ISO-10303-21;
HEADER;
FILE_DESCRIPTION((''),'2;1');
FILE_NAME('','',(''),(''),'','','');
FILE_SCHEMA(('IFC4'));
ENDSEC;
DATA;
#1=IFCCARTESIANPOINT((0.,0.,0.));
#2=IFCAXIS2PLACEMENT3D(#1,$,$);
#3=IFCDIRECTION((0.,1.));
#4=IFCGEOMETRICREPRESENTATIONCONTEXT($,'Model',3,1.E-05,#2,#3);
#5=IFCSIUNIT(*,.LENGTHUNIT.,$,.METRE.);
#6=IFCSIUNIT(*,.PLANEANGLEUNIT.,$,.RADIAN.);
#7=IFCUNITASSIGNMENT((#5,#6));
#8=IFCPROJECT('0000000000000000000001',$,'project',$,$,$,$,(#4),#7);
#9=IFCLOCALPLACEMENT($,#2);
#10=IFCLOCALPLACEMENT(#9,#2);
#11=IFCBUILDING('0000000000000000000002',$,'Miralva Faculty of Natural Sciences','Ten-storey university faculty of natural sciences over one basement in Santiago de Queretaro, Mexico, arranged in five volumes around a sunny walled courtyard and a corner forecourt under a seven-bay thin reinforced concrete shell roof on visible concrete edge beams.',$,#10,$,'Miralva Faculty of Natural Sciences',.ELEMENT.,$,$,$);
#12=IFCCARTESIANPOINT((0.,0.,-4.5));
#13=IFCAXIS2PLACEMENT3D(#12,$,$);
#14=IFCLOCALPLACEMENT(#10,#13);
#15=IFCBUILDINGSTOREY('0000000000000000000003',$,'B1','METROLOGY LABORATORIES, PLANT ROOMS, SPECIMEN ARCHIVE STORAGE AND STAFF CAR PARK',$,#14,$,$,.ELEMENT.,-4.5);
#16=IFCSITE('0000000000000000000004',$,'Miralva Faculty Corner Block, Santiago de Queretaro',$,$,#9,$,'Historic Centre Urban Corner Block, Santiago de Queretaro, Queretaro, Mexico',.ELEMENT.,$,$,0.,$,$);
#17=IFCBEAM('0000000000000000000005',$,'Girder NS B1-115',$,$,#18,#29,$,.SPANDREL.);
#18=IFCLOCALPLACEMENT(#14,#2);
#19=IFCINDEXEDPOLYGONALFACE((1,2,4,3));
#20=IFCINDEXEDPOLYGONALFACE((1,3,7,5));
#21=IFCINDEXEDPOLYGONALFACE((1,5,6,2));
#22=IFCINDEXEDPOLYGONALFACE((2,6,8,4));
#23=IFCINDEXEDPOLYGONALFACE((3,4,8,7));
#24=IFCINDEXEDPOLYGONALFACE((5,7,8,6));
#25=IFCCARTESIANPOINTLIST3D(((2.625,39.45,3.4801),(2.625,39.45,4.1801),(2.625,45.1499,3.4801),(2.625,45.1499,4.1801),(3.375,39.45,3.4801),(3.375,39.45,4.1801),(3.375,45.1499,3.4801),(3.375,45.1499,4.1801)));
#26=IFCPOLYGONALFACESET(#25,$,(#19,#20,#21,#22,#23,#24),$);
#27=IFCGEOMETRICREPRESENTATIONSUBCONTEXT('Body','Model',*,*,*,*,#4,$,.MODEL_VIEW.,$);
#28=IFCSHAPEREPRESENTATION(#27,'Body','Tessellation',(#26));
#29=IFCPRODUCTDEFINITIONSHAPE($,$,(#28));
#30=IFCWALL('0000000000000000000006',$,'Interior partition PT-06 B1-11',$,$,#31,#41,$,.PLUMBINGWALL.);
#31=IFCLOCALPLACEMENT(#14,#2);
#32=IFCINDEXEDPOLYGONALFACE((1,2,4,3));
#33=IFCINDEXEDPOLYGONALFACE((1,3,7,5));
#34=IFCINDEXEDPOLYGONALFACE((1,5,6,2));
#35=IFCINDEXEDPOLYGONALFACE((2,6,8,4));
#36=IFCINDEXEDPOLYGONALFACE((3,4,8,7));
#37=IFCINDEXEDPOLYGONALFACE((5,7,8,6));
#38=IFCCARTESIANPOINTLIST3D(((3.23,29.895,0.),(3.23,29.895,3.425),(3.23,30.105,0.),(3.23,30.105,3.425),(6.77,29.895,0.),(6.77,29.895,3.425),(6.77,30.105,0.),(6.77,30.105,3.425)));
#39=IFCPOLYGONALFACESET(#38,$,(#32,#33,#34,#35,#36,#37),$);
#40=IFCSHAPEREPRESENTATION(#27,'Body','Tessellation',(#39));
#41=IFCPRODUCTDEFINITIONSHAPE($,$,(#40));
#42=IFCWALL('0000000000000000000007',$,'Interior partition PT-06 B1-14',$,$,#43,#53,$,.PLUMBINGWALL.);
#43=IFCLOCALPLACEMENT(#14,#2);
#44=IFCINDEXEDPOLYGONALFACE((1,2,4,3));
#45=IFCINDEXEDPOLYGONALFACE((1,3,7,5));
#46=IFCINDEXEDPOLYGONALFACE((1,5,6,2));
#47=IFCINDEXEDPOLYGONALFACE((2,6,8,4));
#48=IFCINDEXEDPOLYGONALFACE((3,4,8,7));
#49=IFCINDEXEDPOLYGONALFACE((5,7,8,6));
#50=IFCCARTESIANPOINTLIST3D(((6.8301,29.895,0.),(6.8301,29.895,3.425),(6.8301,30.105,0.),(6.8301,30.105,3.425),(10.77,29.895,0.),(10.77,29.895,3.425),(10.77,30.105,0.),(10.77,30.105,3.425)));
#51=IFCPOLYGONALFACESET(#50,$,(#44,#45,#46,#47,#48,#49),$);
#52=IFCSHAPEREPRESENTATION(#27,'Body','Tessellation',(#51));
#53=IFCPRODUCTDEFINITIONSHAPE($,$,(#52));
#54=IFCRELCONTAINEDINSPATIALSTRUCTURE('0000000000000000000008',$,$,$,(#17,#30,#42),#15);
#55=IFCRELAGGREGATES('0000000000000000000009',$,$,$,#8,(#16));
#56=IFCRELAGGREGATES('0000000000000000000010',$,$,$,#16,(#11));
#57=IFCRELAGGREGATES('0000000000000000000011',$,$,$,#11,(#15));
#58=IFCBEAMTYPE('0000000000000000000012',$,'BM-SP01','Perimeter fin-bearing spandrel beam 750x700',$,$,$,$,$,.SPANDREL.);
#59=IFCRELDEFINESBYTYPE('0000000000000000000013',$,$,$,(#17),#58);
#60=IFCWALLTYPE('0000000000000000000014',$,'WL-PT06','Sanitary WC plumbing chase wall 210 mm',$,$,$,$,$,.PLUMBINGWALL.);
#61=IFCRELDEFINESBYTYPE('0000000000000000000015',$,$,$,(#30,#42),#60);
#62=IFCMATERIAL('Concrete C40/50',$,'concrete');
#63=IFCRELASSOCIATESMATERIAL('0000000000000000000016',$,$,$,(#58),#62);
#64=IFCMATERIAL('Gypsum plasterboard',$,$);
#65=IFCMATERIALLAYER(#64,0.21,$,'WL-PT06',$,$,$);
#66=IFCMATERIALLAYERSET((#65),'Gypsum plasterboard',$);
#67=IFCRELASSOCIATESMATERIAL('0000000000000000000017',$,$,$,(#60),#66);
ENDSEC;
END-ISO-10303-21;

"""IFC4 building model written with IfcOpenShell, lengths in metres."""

from ifc_helpers import new_model, si_unit, direction, frame, frame_2d, origin, origin_2d, place, context, subcontext, project, spatial, rectangle, extrude, material, layer, layer_set, material_profile, profile_set, type_object, element, save


model = new_model("IFC4")

# Units and contexts
model_context = context("Model", 3, precision=1e-05, world=origin(), true_north=direction((0.0, 1.0)))
body_context = subcontext(model_context, "Body", "Model", "MODEL_VIEW")
ifc_project = project(units=[si_unit("LENGTHUNIT", "METRE"), si_unit("PLANEANGLEUNIT", "RADIAN")], contexts=[model_context])

# Site, building, storey
site_placement = place(None, origin())
site = spatial("IfcSite", under=ifc_project, at=site_placement, Name="Miralva Faculty Corner Block, Santiago de Queretaro", LongName="Historic Centre Urban Corner Block, Santiago de Queretaro, Queretaro, Mexico", CompositionType="ELEMENT", RefElevation=0.0)
building_placement = place(site_placement, origin())
building = spatial("IfcBuilding", under=site, at=building_placement, Name="Miralva Faculty of Natural Sciences", Description="Ten-storey university faculty of natural sciences over one basement in Santiago de Queretaro, Mexico, arranged in five volumes around a sunny walled courtyard and a corner forecourt under a seven-bay thin reinforced concrete shell roof on visible concrete edge beams.", LongName="Miralva Faculty of Natural Sciences", CompositionType="ELEMENT")
storey_placement = place(building_placement, frame((0.0, 0.0, -4.5)))
storey = spatial("IfcBuildingStorey", under=building, at=storey_placement, Name="B1", Description="METROLOGY LABORATORIES, PLANT ROOMS, SPECIMEN ARCHIVE STORAGE AND STAFF CAR PARK", CompositionType="ELEMENT", Elevation=-4.5)

# Beam
ifc_material_1 = material(Name="Concrete C40/50", Category="concrete")
ifc_material_profile_1 = material_profile(ifc_material_1, rectangle(XDim=0.75, YDim=0.7, at=origin_2d()), Name="RC 750x700")
ifc_profile_set_1 = profile_set([ifc_material_profile_1], Name="Concrete C40/50")
beam_type_1 = type_object("IfcBeamType", Name="BM-SP01", Description="Perimeter fin-bearing spandrel beam 750x700", PredefinedType="SPANDREL", material=ifc_profile_set_1)
beam_1_placement = place(storey_placement, frame((3.0, 39.45, 3.8301), z_axis=(0.0, 1.0, 0.0), x_axis=(-1.0, 0.0, 0.0)))
element("IfcBeam", 1, at=beam_1_placement, inside=storey, type_object=beam_type_1, Name="Girder NS B1-115", PredefinedType="SPANDREL", context=body_context, shape_type="SweptSolid", body=[
    extrude(rectangle(XDim=0.75, YDim=0.7, at=origin_2d()), origin(), (0.0, 0.0, 1.0), 5.7),
])

# Walls
ifc_material_2 = material(Name="Gypsum plasterboard")
ifc_layer_1 = layer(ifc_material_2, 0.21, Name="WL-PT06")
ifc_layer_set_1 = layer_set([ifc_layer_1], Name="Gypsum plasterboard")
wall_type = type_object("IfcWallType", Name="WL-PT06", Description="Sanitary WC plumbing chase wall 210 mm", PredefinedType="PLUMBINGWALL", material=ifc_layer_set_1)
wall_1_placement = place(storey_placement, frame((3.23, 30.0, 0.0), z_axis=(0.0, 0.0, 1.0), x_axis=(1.0, 0.0, 0.0)))
element("IfcWall", 2, at=wall_1_placement, inside=storey, type_object=wall_type, Name="Interior partition PT-06 B1-11", PredefinedType="PLUMBINGWALL", context=body_context, shape_type="SweptSolid", body=[
    extrude(rectangle(XDim=3.54, YDim=0.21, at=frame_2d((1.77, 0.0))), origin(), (0.0, 0.0, 1.0), 3.425),
])
wall_2_placement = place(storey_placement, frame((6.8301, 30.0, 0.0), z_axis=(0.0, 0.0, 1.0), x_axis=(1.0, 0.0, 0.0)))
element("IfcWall", 3, at=wall_2_placement, inside=storey, type_object=wall_type, Name="Interior partition PT-06 B1-14", PredefinedType="PLUMBINGWALL", context=body_context, shape_type="SweptSolid", body=[
    extrude(rectangle(XDim=3.9399, YDim=0.21, at=frame_2d((1.97, 0.0))), origin(), (0.0, 0.0, 1.0), 3.425),
])

save(model, "model.ifc")
